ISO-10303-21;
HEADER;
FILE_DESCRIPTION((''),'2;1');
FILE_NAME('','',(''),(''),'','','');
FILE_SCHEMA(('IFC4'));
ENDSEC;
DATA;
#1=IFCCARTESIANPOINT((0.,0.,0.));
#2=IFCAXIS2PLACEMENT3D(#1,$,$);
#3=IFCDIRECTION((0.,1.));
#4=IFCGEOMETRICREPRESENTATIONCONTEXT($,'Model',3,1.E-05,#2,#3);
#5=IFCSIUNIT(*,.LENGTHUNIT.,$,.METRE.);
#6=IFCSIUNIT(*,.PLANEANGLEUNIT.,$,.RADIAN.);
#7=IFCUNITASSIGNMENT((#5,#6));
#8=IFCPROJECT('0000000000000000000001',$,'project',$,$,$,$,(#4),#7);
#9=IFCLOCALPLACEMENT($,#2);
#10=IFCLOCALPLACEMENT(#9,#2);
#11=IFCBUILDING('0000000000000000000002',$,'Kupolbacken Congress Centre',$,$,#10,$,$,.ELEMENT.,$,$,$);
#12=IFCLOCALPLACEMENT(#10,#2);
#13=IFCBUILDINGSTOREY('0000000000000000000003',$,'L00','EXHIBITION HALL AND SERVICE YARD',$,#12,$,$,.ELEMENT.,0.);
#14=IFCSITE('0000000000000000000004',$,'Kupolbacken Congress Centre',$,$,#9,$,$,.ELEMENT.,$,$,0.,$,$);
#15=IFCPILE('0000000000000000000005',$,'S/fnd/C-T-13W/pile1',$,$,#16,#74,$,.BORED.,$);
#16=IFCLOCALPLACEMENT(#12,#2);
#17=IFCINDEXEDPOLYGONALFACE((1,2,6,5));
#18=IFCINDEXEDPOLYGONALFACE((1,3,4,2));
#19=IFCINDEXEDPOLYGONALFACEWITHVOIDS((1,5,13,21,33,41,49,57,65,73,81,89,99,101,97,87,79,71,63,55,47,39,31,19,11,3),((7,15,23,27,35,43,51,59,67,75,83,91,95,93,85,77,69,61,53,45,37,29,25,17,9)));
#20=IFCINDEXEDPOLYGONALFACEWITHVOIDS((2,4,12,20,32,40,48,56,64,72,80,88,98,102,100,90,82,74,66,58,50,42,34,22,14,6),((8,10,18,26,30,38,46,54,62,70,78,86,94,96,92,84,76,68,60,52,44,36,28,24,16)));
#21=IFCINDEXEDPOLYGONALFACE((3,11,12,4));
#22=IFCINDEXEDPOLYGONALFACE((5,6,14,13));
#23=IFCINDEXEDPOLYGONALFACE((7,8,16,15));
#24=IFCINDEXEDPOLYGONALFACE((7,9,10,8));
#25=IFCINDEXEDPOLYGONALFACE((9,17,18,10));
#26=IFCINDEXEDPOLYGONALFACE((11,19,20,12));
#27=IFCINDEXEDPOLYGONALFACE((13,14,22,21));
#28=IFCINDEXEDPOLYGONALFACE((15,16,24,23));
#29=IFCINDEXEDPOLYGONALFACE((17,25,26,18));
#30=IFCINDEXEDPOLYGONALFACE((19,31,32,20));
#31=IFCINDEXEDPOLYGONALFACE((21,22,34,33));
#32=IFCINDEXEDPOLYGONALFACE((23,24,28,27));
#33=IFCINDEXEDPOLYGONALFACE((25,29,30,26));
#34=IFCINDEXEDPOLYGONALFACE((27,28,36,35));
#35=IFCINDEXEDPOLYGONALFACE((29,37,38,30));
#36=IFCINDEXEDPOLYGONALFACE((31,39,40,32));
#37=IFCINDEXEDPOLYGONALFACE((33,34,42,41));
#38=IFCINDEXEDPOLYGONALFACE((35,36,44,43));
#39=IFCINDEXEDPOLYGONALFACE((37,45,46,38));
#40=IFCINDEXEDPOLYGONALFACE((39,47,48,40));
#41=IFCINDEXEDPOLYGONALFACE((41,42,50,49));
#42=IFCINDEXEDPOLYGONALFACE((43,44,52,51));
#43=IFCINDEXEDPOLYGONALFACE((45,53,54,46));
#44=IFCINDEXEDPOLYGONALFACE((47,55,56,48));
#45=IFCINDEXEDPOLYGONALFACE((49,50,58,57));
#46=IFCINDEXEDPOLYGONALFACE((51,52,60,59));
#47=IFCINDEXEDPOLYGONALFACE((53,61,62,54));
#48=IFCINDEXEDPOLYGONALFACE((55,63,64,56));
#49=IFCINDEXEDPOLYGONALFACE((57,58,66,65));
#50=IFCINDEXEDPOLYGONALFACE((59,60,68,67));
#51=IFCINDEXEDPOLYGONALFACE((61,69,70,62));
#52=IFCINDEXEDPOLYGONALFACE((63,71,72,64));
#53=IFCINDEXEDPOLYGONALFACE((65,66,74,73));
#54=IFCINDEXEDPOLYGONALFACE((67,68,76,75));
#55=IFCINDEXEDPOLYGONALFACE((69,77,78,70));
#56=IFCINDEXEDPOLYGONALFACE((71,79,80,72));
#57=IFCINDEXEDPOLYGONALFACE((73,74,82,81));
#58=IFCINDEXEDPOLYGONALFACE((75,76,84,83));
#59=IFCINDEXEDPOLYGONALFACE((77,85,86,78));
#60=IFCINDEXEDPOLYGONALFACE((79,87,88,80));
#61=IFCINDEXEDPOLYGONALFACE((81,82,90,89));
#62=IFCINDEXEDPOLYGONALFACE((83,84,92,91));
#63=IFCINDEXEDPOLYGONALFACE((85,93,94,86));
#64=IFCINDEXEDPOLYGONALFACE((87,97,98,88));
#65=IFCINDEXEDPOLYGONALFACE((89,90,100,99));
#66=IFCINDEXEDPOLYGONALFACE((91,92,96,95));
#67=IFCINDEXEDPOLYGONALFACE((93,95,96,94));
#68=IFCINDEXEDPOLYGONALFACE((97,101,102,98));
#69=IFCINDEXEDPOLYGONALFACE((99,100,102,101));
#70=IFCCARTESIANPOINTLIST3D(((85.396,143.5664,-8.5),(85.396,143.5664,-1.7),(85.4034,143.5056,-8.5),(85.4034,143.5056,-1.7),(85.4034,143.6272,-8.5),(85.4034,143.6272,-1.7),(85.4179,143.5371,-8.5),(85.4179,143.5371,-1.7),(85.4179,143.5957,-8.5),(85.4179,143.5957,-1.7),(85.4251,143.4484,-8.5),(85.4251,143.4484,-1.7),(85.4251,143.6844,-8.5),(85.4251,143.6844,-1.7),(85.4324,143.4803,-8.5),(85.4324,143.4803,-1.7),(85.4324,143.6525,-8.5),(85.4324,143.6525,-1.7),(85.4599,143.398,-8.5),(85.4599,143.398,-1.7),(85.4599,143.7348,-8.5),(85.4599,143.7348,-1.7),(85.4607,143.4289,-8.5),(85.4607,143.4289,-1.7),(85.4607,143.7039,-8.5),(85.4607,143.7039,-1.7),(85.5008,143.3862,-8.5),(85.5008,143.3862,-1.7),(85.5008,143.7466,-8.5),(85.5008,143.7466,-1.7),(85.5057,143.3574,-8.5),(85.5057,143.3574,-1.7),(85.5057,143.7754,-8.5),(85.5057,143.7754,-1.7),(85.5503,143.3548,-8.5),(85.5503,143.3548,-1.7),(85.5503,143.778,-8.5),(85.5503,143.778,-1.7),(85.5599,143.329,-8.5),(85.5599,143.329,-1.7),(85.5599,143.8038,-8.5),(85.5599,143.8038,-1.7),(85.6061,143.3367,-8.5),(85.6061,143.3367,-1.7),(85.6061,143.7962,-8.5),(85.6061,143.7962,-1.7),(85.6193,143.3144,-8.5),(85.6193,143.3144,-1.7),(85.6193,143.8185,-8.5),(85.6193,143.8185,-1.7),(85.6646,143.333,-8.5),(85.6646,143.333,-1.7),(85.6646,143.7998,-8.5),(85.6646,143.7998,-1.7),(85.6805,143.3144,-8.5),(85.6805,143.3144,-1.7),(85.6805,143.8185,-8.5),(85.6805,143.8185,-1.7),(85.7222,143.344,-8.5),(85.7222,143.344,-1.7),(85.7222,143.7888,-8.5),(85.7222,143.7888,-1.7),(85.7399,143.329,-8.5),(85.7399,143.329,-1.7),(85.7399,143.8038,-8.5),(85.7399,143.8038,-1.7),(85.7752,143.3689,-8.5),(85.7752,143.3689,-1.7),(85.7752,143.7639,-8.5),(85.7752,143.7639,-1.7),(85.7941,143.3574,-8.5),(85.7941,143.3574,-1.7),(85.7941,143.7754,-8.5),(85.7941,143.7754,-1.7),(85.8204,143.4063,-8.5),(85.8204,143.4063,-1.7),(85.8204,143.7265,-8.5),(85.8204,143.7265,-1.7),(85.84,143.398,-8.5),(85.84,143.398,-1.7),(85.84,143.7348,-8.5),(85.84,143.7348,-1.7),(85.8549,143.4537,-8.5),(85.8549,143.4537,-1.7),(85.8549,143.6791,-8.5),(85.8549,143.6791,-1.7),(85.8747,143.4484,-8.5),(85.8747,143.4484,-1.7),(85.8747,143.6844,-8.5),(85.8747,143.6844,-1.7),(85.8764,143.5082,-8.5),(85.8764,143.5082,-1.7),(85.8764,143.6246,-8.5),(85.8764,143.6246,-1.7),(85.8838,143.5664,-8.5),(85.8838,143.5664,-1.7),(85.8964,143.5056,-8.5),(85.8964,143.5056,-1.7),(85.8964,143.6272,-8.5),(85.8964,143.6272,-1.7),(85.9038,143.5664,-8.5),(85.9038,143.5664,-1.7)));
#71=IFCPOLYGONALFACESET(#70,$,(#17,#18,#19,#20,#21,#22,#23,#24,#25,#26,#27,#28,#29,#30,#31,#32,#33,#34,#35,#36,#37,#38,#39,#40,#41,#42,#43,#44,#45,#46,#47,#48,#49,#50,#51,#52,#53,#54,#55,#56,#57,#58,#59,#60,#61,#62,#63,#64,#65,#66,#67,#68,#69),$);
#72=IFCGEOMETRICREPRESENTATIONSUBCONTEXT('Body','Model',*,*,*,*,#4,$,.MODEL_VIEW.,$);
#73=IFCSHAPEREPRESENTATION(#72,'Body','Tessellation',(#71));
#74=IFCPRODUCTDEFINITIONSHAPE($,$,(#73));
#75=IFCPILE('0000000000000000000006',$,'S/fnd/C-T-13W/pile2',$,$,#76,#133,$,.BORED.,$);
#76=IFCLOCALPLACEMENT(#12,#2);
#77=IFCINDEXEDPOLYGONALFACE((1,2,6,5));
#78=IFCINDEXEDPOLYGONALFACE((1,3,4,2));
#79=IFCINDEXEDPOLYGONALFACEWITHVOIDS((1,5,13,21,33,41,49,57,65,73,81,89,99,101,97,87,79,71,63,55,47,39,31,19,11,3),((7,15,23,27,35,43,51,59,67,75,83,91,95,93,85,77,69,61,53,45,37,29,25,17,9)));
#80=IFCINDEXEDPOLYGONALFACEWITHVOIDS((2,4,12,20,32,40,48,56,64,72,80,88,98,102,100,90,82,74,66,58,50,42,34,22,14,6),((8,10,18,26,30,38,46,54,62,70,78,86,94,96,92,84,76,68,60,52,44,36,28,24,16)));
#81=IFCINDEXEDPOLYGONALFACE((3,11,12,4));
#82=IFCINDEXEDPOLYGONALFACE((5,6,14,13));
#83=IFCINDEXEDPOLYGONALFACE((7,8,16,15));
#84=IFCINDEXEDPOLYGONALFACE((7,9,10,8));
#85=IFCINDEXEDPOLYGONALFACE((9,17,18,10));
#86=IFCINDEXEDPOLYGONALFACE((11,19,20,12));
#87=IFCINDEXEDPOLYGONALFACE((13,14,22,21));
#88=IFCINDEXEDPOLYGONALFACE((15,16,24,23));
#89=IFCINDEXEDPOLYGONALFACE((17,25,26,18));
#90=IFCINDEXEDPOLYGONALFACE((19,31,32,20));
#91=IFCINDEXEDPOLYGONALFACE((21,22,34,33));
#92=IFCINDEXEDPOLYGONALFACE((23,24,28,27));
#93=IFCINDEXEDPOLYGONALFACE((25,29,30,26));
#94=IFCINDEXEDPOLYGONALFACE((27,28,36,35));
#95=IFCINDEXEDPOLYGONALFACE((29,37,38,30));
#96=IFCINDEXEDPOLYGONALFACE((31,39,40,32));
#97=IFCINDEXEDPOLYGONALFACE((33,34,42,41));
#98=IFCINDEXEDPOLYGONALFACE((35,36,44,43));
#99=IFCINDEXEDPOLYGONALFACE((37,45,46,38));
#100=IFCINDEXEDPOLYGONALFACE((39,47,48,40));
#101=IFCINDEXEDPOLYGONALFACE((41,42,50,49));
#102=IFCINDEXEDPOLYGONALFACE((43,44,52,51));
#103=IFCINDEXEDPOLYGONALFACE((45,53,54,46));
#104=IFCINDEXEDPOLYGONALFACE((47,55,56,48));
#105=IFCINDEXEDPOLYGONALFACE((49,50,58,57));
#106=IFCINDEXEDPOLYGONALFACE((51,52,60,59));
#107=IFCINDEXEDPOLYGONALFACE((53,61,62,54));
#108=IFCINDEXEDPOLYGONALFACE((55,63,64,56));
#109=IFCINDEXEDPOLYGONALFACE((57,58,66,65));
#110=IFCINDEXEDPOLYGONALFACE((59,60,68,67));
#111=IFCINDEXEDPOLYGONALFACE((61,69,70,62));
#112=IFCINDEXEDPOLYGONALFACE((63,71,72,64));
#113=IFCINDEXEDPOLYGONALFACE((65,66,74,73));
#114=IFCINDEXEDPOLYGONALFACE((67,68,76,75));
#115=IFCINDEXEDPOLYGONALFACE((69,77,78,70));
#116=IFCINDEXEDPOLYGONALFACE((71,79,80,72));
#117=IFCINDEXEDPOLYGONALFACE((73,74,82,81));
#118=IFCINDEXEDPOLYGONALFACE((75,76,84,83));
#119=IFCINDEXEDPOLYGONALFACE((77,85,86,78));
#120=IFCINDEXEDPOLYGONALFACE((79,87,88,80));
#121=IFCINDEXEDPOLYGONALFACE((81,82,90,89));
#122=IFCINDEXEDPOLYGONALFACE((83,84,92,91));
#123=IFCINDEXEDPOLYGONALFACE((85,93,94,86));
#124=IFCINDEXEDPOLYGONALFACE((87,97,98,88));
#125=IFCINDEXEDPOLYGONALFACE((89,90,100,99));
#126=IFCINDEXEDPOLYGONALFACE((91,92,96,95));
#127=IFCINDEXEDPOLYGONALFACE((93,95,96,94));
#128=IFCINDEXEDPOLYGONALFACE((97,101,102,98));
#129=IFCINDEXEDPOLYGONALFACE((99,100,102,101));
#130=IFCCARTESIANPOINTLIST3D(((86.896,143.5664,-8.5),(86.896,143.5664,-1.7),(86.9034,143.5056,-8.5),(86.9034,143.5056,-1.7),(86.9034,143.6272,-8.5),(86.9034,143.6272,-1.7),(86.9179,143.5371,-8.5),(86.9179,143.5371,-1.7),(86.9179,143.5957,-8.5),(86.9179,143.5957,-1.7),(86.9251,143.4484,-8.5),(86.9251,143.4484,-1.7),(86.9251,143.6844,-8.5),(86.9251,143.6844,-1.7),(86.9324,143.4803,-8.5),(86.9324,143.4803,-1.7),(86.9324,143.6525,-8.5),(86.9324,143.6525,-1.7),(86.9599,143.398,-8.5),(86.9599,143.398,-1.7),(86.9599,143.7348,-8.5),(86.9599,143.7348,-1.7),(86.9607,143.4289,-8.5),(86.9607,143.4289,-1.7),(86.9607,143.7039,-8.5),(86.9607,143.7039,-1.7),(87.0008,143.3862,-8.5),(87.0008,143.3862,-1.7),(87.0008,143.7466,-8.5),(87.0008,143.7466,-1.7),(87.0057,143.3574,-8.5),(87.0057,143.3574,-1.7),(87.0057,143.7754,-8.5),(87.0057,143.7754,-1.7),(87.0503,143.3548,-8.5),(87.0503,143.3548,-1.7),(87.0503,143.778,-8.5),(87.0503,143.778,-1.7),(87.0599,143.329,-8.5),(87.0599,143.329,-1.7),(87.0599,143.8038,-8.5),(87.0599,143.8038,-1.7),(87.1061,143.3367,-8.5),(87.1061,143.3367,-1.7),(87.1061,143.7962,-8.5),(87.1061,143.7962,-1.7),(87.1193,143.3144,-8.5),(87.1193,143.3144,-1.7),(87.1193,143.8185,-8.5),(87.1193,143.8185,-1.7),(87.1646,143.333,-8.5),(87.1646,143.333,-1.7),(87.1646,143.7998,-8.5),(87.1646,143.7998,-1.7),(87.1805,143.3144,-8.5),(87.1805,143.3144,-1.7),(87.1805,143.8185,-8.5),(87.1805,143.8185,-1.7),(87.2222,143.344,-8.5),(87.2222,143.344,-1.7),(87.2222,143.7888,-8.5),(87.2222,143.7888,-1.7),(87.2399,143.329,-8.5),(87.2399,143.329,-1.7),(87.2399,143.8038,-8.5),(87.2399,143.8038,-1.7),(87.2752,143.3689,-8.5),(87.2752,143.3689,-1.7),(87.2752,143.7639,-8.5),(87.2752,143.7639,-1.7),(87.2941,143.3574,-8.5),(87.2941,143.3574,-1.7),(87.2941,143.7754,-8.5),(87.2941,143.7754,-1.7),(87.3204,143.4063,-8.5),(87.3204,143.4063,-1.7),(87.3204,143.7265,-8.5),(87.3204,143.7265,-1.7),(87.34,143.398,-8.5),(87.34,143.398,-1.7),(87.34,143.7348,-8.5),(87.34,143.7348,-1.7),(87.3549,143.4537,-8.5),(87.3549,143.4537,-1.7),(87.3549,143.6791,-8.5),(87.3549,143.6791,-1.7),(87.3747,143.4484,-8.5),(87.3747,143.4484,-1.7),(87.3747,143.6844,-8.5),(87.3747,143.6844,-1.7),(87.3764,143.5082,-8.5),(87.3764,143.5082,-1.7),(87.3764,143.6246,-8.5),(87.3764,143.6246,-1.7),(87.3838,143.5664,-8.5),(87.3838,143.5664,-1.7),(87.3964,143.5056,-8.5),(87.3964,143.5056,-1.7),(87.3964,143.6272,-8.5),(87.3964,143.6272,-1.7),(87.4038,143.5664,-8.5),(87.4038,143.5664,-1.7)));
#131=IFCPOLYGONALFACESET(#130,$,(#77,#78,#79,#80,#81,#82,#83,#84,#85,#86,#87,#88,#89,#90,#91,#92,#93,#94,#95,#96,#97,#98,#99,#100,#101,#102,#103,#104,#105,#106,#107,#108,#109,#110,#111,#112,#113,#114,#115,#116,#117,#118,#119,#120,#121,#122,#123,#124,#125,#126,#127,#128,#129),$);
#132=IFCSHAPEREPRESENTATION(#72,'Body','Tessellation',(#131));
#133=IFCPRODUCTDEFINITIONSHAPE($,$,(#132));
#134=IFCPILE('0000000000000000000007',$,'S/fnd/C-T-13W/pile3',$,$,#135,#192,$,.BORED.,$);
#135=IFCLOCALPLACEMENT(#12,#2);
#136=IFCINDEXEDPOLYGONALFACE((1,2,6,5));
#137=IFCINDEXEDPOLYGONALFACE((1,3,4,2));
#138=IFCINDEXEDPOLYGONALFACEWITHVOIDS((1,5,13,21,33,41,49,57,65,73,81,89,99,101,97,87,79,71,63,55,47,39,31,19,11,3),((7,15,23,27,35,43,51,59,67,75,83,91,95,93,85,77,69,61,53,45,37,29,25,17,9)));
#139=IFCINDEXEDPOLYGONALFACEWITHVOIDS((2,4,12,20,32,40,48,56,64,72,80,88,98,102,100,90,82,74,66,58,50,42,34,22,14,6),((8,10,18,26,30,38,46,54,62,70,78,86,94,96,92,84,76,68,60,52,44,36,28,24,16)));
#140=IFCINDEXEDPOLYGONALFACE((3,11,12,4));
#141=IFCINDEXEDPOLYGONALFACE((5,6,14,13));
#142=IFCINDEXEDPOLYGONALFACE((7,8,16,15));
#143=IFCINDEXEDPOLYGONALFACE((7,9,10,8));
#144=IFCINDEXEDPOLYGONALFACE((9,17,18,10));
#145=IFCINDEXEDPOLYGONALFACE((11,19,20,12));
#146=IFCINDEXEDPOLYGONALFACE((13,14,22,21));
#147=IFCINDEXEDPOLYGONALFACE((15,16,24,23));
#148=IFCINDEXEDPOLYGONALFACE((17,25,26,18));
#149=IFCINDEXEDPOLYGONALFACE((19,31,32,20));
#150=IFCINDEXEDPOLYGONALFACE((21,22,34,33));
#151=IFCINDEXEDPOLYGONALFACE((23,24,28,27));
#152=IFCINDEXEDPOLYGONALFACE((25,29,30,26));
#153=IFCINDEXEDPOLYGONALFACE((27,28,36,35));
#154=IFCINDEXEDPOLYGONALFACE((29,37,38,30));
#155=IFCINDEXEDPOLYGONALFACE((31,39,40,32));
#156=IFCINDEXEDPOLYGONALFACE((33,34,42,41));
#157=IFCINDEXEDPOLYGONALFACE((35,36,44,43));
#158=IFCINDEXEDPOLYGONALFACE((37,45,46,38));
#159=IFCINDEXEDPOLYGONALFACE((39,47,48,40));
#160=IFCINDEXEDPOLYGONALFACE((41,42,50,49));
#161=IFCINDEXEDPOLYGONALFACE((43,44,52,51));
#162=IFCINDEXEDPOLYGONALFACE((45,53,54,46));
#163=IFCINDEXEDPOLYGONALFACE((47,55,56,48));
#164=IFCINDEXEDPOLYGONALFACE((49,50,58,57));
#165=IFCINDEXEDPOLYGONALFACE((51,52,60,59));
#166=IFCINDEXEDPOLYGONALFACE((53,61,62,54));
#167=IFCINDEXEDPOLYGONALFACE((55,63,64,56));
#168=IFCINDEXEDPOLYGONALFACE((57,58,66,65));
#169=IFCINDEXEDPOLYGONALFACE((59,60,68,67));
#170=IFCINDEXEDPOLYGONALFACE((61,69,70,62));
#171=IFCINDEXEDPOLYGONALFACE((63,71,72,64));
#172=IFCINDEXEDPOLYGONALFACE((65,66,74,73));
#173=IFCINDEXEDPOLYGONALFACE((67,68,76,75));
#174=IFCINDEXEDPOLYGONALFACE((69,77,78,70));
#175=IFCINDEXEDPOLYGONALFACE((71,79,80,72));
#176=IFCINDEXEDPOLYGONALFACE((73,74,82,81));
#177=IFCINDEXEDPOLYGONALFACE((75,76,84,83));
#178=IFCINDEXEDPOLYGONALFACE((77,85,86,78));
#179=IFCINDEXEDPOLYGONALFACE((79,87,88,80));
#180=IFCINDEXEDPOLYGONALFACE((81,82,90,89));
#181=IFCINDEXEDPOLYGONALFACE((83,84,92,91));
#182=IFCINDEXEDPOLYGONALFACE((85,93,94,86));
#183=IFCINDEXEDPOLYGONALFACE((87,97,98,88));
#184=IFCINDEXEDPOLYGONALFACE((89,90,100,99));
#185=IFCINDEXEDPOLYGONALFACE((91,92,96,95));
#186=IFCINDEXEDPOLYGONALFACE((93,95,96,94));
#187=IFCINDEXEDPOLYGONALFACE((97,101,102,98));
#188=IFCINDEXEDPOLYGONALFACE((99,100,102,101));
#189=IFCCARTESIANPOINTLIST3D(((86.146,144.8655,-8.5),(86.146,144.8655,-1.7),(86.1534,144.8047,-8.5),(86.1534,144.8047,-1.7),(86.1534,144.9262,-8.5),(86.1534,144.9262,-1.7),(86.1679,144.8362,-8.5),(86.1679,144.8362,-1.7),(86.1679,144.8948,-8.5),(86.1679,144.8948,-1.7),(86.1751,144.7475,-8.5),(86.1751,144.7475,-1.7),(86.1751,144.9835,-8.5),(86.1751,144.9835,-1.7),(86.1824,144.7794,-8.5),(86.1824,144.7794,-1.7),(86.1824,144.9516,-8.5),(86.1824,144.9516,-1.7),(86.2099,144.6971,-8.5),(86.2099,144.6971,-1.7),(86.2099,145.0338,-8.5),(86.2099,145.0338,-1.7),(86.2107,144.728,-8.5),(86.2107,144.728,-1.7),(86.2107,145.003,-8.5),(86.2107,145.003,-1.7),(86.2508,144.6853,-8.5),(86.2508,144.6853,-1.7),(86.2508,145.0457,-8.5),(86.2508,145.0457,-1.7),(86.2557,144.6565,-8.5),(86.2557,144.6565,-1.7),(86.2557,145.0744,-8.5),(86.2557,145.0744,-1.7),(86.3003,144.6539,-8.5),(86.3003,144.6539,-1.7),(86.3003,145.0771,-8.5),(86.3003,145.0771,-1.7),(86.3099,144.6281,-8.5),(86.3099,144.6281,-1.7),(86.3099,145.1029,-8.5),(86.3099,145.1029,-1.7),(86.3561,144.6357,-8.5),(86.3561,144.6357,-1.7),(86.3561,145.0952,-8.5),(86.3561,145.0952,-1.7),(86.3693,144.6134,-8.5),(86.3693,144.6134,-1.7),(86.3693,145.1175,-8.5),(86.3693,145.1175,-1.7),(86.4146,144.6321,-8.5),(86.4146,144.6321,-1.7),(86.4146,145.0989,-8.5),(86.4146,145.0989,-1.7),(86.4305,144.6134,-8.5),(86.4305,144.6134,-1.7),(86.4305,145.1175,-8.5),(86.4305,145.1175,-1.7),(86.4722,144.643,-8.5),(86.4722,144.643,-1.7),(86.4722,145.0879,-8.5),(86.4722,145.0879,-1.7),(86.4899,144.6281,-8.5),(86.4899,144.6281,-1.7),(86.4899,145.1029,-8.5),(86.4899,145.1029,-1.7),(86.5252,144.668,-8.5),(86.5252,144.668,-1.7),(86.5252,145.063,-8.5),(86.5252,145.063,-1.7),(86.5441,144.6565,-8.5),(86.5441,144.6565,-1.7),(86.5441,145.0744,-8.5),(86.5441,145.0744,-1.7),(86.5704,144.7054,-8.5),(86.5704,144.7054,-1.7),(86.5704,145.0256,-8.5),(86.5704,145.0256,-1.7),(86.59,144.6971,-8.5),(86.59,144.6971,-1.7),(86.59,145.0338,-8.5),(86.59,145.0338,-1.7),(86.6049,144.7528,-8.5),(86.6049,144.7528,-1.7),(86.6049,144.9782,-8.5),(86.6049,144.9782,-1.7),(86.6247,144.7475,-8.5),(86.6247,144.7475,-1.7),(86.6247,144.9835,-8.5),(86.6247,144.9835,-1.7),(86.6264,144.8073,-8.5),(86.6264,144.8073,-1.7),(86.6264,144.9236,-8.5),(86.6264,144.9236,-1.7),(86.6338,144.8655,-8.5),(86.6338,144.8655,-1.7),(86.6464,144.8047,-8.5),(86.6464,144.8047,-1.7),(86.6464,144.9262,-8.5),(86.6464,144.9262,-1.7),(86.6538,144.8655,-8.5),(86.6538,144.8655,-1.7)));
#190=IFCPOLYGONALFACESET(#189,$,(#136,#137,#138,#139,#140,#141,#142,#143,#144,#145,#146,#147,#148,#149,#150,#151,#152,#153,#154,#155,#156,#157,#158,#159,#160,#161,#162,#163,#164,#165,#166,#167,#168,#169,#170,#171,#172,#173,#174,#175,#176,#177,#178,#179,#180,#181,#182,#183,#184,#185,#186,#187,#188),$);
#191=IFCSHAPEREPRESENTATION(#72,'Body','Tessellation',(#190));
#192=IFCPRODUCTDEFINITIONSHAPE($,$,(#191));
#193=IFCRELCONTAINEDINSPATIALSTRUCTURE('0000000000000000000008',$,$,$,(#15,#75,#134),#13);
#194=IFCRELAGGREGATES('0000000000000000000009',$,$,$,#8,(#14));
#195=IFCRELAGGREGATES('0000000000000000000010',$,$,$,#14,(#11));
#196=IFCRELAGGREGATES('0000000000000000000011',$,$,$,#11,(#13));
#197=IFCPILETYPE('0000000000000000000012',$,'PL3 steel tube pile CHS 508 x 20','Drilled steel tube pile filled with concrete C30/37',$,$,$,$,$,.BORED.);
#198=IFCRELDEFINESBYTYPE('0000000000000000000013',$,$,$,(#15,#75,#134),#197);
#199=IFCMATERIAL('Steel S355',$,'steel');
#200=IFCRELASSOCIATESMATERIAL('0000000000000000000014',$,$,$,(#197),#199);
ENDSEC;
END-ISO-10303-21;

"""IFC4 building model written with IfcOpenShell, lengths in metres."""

from ifc_helpers import new_model, si_unit, direction, frame, origin, origin_2d, place, context, subcontext, project, spatial, hollow_circle, extrude, material, material_profile, profile_set, type_object, element, save


model = new_model("IFC4")

# Units and contexts
model_context = context("Model", 3, precision=1e-05, world=origin(), true_north=direction((0.0, 1.0)))
body_context = subcontext(model_context, "Body", "Model", "MODEL_VIEW")
ifc_project = project(units=[si_unit("LENGTHUNIT", "METRE"), si_unit("PLANEANGLEUNIT", "RADIAN")], contexts=[model_context])

# Site, building, storey
site_placement = place(None, origin())
site = spatial("IfcSite", under=ifc_project, at=site_placement, Name="Kupolbacken Congress Centre", CompositionType="ELEMENT", RefElevation=0.0)
building_placement = place(site_placement, origin())
building = spatial("IfcBuilding", under=site, at=building_placement, Name="Kupolbacken Congress Centre", CompositionType="ELEMENT")
storey_placement = place(building_placement, origin())
storey = spatial("IfcBuildingStorey", under=building, at=storey_placement, Name="L00", Description="EXHIBITION HALL AND SERVICE YARD", CompositionType="ELEMENT", Elevation=0.0)

# Piles
ifc_material_1 = material(Name="Steel S355", Category="steel")
ifc_material_profile_1 = material_profile(ifc_material_1, hollow_circle(Radius=0.2539, WallThickness=0.02, at=origin_2d()), Name="CHS 508 x 20")
ifc_profile_set_1 = profile_set([ifc_material_profile_1], Name="Steel S355")
pile_type = type_object("IfcPileType", Name="PL3 steel tube pile CHS 508 x 20", Description="Drilled steel tube pile filled with concrete C30/37", PredefinedType="BORED", material=ifc_profile_set_1)
for number, where, z_axis, x_axis, name in (
    (1, (85.6499, 143.5664, -1.7), (0.0, 0.0, -1.0), (1.0, 0.0, 0.0), "S/fnd/C-T-13W/pile1"),
    (2, (87.1499, 143.5664, -1.7), (0.0, 0.0, -1.0), (1.0, 0.0, 0.0), "S/fnd/C-T-13W/pile2"),
    (3, (86.3999, 144.8655, -1.7), (0.0, 0.0, -1.0), (1.0, 0.0, 0.0), "S/fnd/C-T-13W/pile3"),
):
    element("IfcPile", number, at=place(storey_placement, frame(where, z_axis=z_axis, x_axis=x_axis)), inside=storey, type_object=pile_type, Name=name, PredefinedType="BORED", context=body_context, shape_type="SweptSolid", body=[
        extrude(hollow_circle(Radius=0.2539, WallThickness=0.02, at=origin_2d()), origin(), (0.0, 0.0, 1.0), 6.8),
    ])

save(model, "model.ifc")
